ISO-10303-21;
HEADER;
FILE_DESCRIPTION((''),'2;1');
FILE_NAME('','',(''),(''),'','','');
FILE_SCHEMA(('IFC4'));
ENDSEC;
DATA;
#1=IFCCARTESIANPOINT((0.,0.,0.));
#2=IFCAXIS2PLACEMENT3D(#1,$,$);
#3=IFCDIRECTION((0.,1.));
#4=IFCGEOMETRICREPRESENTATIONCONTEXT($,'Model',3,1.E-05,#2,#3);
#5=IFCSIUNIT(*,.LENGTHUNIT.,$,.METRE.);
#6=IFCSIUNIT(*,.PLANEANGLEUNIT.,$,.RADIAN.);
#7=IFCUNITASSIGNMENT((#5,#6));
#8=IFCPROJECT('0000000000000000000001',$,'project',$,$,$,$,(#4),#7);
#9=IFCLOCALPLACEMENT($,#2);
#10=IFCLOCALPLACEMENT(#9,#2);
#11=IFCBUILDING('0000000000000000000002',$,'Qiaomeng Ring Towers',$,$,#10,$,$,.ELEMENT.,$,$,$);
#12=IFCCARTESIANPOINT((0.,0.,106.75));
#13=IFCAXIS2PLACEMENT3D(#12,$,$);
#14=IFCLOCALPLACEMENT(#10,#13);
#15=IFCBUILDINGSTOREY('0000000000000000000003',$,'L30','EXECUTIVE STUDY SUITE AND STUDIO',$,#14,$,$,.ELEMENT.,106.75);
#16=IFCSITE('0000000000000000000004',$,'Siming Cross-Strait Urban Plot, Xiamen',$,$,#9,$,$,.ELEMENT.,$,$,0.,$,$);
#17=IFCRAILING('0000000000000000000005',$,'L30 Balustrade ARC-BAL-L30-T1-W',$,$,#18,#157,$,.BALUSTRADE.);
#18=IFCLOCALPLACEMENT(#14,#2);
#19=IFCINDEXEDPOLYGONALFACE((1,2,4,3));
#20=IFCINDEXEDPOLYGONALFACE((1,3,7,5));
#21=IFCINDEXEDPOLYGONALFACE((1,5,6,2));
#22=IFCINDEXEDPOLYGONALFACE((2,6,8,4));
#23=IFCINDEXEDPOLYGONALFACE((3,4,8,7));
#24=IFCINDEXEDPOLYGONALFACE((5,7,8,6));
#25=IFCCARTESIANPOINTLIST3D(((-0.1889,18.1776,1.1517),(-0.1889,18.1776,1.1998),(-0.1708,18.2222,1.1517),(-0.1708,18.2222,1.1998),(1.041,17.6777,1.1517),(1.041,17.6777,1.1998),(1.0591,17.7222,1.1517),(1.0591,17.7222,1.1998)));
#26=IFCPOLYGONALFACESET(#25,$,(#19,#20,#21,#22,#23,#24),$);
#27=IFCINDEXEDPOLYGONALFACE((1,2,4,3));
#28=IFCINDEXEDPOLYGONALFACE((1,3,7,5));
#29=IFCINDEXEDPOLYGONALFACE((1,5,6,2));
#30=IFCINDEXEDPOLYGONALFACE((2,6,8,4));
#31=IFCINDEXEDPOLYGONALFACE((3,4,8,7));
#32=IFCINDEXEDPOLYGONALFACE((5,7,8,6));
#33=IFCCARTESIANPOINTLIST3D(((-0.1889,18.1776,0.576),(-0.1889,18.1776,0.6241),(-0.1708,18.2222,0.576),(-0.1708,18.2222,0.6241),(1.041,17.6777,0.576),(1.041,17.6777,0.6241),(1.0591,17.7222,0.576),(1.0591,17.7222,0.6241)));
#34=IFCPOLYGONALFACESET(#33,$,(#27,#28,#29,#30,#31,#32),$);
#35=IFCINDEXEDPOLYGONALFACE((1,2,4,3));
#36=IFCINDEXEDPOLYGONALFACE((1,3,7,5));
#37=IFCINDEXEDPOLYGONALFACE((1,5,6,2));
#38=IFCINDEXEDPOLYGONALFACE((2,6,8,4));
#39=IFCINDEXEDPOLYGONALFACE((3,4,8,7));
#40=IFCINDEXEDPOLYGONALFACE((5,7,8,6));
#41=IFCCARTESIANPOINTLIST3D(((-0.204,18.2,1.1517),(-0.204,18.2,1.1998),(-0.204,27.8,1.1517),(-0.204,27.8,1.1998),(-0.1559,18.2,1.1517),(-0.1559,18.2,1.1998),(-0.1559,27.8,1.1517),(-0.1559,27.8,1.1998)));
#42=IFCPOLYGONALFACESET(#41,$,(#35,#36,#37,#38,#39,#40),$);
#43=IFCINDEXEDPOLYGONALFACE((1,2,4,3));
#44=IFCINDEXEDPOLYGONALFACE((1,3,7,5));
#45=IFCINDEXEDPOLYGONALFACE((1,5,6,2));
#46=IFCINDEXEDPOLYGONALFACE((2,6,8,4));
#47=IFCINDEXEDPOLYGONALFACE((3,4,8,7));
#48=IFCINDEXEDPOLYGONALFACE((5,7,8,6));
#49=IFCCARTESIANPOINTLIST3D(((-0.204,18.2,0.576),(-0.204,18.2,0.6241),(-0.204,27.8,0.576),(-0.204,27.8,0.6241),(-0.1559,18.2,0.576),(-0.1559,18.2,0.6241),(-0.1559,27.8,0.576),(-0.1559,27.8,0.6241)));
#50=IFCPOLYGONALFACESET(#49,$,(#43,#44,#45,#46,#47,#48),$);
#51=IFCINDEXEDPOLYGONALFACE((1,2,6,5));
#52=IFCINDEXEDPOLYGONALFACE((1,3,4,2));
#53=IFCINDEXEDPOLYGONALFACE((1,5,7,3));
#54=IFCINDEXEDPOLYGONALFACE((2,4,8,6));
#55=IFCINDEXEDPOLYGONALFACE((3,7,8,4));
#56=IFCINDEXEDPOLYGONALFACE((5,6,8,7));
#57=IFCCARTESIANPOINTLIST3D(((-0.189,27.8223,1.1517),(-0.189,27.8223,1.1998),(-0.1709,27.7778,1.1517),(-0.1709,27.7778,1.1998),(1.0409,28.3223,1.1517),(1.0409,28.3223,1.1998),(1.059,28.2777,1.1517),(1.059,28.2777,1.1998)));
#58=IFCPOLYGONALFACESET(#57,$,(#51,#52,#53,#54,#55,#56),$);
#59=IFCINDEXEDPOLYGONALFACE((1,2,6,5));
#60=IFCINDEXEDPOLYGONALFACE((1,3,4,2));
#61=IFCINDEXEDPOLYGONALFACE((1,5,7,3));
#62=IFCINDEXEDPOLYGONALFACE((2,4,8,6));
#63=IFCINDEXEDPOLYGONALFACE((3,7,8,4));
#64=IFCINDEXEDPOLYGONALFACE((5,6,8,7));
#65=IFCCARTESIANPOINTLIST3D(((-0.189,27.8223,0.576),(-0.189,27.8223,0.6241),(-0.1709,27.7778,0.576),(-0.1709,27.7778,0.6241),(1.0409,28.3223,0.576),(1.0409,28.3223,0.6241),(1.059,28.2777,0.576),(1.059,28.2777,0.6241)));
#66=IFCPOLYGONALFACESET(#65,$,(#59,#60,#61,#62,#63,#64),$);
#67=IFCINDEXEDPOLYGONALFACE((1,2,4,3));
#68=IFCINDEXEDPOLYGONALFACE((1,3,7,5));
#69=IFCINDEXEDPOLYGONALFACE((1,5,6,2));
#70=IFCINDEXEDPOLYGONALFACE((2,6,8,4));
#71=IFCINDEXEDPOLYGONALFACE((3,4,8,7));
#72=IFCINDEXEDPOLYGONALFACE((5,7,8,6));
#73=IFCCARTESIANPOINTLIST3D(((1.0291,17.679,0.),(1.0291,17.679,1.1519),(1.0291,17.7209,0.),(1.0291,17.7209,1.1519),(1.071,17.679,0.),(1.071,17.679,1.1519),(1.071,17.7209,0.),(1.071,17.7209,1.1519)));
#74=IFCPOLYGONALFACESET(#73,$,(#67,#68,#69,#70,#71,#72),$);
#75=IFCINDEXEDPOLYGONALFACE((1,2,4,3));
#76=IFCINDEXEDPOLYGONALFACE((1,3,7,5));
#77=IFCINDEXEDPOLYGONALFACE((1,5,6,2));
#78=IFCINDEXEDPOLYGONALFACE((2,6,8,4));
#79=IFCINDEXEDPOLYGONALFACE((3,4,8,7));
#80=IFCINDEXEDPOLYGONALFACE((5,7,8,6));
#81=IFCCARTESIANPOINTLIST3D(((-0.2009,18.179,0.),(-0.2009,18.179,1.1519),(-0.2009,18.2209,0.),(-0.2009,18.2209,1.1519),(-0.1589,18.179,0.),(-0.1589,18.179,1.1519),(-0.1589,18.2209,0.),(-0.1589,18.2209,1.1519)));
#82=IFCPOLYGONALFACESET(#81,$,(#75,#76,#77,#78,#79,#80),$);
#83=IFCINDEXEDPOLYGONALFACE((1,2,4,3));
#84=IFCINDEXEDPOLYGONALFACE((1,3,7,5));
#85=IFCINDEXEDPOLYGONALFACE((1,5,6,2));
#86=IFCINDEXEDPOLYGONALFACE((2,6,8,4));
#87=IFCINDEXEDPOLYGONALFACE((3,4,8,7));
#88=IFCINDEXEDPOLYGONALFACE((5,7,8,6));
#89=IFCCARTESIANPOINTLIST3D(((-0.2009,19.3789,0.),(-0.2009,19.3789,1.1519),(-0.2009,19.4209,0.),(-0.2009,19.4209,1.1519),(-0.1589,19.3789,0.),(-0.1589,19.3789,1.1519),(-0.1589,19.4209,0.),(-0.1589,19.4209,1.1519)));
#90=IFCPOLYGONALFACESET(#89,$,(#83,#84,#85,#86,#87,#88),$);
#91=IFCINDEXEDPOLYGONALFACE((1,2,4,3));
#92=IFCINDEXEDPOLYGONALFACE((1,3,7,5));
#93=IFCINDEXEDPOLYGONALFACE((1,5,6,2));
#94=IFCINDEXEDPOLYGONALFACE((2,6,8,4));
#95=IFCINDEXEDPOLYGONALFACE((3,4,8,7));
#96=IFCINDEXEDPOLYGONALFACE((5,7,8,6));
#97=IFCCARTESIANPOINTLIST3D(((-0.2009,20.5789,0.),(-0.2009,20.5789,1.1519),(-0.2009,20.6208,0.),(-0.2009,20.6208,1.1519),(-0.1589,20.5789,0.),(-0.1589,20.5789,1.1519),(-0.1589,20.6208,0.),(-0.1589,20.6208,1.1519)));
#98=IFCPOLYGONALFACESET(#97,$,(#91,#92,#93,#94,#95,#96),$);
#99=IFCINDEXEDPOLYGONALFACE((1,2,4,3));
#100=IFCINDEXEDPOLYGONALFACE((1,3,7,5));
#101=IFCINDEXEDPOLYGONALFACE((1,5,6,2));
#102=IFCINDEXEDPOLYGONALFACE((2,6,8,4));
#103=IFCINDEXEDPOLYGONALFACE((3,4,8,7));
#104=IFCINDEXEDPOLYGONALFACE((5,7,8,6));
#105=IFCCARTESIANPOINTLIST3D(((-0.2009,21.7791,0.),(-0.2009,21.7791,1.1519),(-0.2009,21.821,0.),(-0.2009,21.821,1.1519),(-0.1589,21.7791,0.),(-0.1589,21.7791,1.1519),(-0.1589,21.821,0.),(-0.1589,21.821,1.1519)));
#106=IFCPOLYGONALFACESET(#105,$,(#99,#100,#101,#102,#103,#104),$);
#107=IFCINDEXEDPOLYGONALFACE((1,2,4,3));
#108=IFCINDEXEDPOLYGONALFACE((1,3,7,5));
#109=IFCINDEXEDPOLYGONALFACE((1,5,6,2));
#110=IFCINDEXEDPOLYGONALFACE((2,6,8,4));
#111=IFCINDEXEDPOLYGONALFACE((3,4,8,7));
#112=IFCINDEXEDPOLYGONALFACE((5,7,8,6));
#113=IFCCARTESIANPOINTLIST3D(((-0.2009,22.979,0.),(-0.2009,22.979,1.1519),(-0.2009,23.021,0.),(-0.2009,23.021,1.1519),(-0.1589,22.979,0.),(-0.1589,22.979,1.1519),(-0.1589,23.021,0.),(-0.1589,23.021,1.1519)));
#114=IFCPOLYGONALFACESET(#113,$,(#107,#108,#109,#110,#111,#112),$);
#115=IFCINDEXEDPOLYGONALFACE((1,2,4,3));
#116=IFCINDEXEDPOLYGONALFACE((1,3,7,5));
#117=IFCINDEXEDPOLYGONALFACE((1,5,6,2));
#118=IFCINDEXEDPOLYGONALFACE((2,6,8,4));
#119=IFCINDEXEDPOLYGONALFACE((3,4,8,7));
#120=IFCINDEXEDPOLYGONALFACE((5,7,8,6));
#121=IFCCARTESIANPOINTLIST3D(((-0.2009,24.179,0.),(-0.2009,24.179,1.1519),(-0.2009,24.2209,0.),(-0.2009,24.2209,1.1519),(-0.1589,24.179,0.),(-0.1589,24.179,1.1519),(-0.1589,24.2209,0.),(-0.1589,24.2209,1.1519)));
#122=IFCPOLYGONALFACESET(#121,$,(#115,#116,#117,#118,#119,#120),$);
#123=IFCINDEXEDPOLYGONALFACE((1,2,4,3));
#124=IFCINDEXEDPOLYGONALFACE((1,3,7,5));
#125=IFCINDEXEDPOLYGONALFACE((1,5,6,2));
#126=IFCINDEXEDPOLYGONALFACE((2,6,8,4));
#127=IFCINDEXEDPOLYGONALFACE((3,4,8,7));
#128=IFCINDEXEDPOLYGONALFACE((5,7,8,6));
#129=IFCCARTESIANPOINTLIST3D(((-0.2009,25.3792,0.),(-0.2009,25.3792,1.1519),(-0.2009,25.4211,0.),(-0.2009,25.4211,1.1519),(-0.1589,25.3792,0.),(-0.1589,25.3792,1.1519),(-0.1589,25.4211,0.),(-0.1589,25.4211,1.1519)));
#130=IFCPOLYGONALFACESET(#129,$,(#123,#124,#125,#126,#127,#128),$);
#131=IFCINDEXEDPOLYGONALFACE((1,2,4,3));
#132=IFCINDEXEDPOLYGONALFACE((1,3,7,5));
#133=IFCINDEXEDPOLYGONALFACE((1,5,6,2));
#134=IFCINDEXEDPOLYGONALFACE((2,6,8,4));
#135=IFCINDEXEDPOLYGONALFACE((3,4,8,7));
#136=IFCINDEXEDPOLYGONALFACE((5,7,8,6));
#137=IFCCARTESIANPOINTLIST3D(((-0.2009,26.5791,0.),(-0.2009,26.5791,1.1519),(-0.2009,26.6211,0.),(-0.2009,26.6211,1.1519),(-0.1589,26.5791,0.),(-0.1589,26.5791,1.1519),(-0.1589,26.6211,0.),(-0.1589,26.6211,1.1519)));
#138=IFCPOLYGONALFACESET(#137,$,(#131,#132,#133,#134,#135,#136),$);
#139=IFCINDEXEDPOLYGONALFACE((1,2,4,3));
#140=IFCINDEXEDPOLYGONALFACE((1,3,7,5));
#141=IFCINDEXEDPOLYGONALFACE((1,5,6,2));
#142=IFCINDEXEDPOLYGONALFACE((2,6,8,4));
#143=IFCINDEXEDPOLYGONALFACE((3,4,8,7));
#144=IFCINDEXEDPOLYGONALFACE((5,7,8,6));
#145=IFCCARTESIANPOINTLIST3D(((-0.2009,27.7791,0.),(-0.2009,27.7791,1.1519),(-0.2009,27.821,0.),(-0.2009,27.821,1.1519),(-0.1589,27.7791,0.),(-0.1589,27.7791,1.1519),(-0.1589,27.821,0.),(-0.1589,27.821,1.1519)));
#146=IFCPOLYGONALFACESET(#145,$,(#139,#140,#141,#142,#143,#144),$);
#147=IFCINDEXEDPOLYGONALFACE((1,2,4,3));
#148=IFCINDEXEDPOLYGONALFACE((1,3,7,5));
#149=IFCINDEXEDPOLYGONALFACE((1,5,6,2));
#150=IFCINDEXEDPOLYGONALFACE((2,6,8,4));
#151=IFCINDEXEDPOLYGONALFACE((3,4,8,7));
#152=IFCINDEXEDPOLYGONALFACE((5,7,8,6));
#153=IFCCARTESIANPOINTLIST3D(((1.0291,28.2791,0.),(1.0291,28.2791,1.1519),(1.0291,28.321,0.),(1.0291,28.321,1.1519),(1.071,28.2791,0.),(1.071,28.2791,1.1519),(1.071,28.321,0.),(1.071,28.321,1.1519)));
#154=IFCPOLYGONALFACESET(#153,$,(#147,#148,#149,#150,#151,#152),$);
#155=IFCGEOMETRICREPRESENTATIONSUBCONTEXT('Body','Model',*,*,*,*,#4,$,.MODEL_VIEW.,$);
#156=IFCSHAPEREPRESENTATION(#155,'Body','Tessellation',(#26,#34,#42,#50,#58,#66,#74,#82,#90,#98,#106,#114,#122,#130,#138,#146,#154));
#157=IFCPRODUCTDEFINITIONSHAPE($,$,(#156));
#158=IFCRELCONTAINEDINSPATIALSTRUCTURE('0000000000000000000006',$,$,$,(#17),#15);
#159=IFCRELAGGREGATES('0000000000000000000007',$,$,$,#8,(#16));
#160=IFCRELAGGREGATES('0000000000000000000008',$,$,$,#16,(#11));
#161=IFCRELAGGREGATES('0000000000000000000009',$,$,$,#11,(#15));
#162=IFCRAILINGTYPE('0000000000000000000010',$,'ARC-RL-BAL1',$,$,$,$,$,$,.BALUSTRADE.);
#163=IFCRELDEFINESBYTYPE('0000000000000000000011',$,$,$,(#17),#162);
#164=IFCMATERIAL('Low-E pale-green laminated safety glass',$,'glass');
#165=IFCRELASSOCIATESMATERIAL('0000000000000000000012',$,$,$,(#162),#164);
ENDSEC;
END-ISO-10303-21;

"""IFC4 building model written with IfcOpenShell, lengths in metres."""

from ifc_helpers import new_model, si_unit, direction, frame, origin, origin_2d, place, context, subcontext, project, spatial, rectangle, extrude, material, type_object, element, save


model = new_model("IFC4")

# Units and contexts
model_context = context("Model", 3, precision=1e-05, world=origin(), true_north=direction((0.0, 1.0)))
body_context = subcontext(model_context, "Body", "Model", "MODEL_VIEW")
ifc_project = project(units=[si_unit("LENGTHUNIT", "METRE"), si_unit("PLANEANGLEUNIT", "RADIAN")], contexts=[model_context])

# Site, building, storey
site_placement = place(None, origin())
site = spatial("IfcSite", under=ifc_project, at=site_placement, Name="Siming Cross-Strait Urban Plot, Xiamen", CompositionType="ELEMENT", RefElevation=0.0)
building_placement = place(site_placement, origin())
building = spatial("IfcBuilding", under=site, at=building_placement, Name="Qiaomeng Ring Towers", CompositionType="ELEMENT")
storey_placement = place(building_placement, frame((0.0, 0.0, 106.75)))
storey = spatial("IfcBuildingStorey", under=building, at=storey_placement, Name="L30", Description="EXECUTIVE STUDY SUITE AND STUDIO", CompositionType="ELEMENT", Elevation=106.75)

# Railing
ifc_material_1 = material(Name="Low-E pale-green laminated safety glass", Category="glass")
railing_type = type_object("IfcRailingType", Name="ARC-RL-BAL1", PredefinedType="BALUSTRADE", material=ifc_material_1)
railing_1_placement = place(storey_placement, frame((1.05, 17.7, 0.0)))
element("IfcRailing", 1, at=railing_1_placement, inside=storey, type_object=railing_type, Name="L30 Balustrade ARC-BAL-L30-T1-W", PredefinedType="BALUSTRADE", context=body_context, shape_type="SweptSolid", body=[
    extrude(rectangle(XDim=0.0481, YDim=0.0481, at=origin_2d()), frame((0.0, 0.0, 1.1758), z_axis=(-0.926382, 0.376584, 0.0), x_axis=(-0.376584, -0.926382, 0.0)), (0.0, 0.0, 1.0), 1.3276),
    extrude(rectangle(XDim=0.0481, YDim=0.0481, at=origin_2d()), frame((0.0, 0.0, 0.6001), z_axis=(-0.926382, 0.376584, 0.0), x_axis=(-0.376584, -0.926382, 0.0)), (0.0, 0.0, 1.0), 1.3276),
    extrude(rectangle(XDim=0.0481, YDim=0.0481, at=origin_2d()), frame((-1.23, 0.5, 1.1758), z_axis=(0.0, 1.0, 0.0), x_axis=(-1.0, 0.0, 0.0)), (0.0, 0.0, 1.0), 9.6001),
    extrude(rectangle(XDim=0.0481, YDim=0.0481, at=origin_2d()), frame((-1.23, 0.5, 0.6001), z_axis=(0.0, 1.0, 0.0), x_axis=(-1.0, 0.0, 0.0)), (0.0, 0.0, 1.0), 9.6001),
    extrude(rectangle(XDim=0.0481, YDim=0.0481, at=origin_2d()), frame((-1.23, 10.1001, 1.1758), z_axis=(0.926382, 0.376584, 0.0), x_axis=(-0.376584, 0.926382, 0.0)), (0.0, 0.0, 1.0), 1.3276),
    extrude(rectangle(XDim=0.0481, YDim=0.0481, at=origin_2d()), frame((-1.23, 10.1001, 0.6001), z_axis=(0.926382, 0.376584, 0.0), x_axis=(-0.376584, 0.926382, 0.0)), (0.0, 0.0, 1.0), 1.3276),
    extrude(rectangle(XDim=0.042, YDim=0.042, at=origin_2d()), origin(), (0.0, 0.0, 1.0), 1.1519),
    extrude(rectangle(XDim=0.042, YDim=0.042, at=origin_2d()), frame((-1.23, 0.5, 0.0)), (0.0, 0.0, 1.0), 1.1519),
    extrude(rectangle(XDim=0.042, YDim=0.042, at=origin_2d()), frame((-1.23, 1.7, 0.0)), (0.0, 0.0, 1.0), 1.1519),
    extrude(rectangle(XDim=0.042, YDim=0.042, at=origin_2d()), frame((-1.23, 2.8999, 0.0)), (0.0, 0.0, 1.0), 1.1519),
    extrude(rectangle(XDim=0.042, YDim=0.042, at=origin_2d()), frame((-1.23, 4.1001, 0.0)), (0.0, 0.0, 1.0), 1.1519),
    extrude(rectangle(XDim=0.042, YDim=0.042, at=origin_2d()), frame((-1.23, 5.3, 0.0)), (0.0, 0.0, 1.0), 1.1519),
    extrude(rectangle(XDim=0.042, YDim=0.042, at=origin_2d()), frame((-1.23, 6.5, 0.0)), (0.0, 0.0, 1.0), 1.1519),
    extrude(rectangle(XDim=0.042, YDim=0.042, at=origin_2d()), frame((-1.23, 7.7002, 0.0)), (0.0, 0.0, 1.0), 1.1519),
    extrude(rectangle(XDim=0.042, YDim=0.042, at=origin_2d()), frame((-1.23, 8.9001, 0.0)), (0.0, 0.0, 1.0), 1.1519),
    extrude(rectangle(XDim=0.042, YDim=0.042, at=origin_2d()), frame((-1.23, 10.1001, 0.0)), (0.0, 0.0, 1.0), 1.1519),
    extrude(rectangle(XDim=0.042, YDim=0.042, at=origin_2d()), frame((0.0, 10.6001, 0.0)), (0.0, 0.0, 1.0), 1.1519),
])

save(model, "model.ifc")
